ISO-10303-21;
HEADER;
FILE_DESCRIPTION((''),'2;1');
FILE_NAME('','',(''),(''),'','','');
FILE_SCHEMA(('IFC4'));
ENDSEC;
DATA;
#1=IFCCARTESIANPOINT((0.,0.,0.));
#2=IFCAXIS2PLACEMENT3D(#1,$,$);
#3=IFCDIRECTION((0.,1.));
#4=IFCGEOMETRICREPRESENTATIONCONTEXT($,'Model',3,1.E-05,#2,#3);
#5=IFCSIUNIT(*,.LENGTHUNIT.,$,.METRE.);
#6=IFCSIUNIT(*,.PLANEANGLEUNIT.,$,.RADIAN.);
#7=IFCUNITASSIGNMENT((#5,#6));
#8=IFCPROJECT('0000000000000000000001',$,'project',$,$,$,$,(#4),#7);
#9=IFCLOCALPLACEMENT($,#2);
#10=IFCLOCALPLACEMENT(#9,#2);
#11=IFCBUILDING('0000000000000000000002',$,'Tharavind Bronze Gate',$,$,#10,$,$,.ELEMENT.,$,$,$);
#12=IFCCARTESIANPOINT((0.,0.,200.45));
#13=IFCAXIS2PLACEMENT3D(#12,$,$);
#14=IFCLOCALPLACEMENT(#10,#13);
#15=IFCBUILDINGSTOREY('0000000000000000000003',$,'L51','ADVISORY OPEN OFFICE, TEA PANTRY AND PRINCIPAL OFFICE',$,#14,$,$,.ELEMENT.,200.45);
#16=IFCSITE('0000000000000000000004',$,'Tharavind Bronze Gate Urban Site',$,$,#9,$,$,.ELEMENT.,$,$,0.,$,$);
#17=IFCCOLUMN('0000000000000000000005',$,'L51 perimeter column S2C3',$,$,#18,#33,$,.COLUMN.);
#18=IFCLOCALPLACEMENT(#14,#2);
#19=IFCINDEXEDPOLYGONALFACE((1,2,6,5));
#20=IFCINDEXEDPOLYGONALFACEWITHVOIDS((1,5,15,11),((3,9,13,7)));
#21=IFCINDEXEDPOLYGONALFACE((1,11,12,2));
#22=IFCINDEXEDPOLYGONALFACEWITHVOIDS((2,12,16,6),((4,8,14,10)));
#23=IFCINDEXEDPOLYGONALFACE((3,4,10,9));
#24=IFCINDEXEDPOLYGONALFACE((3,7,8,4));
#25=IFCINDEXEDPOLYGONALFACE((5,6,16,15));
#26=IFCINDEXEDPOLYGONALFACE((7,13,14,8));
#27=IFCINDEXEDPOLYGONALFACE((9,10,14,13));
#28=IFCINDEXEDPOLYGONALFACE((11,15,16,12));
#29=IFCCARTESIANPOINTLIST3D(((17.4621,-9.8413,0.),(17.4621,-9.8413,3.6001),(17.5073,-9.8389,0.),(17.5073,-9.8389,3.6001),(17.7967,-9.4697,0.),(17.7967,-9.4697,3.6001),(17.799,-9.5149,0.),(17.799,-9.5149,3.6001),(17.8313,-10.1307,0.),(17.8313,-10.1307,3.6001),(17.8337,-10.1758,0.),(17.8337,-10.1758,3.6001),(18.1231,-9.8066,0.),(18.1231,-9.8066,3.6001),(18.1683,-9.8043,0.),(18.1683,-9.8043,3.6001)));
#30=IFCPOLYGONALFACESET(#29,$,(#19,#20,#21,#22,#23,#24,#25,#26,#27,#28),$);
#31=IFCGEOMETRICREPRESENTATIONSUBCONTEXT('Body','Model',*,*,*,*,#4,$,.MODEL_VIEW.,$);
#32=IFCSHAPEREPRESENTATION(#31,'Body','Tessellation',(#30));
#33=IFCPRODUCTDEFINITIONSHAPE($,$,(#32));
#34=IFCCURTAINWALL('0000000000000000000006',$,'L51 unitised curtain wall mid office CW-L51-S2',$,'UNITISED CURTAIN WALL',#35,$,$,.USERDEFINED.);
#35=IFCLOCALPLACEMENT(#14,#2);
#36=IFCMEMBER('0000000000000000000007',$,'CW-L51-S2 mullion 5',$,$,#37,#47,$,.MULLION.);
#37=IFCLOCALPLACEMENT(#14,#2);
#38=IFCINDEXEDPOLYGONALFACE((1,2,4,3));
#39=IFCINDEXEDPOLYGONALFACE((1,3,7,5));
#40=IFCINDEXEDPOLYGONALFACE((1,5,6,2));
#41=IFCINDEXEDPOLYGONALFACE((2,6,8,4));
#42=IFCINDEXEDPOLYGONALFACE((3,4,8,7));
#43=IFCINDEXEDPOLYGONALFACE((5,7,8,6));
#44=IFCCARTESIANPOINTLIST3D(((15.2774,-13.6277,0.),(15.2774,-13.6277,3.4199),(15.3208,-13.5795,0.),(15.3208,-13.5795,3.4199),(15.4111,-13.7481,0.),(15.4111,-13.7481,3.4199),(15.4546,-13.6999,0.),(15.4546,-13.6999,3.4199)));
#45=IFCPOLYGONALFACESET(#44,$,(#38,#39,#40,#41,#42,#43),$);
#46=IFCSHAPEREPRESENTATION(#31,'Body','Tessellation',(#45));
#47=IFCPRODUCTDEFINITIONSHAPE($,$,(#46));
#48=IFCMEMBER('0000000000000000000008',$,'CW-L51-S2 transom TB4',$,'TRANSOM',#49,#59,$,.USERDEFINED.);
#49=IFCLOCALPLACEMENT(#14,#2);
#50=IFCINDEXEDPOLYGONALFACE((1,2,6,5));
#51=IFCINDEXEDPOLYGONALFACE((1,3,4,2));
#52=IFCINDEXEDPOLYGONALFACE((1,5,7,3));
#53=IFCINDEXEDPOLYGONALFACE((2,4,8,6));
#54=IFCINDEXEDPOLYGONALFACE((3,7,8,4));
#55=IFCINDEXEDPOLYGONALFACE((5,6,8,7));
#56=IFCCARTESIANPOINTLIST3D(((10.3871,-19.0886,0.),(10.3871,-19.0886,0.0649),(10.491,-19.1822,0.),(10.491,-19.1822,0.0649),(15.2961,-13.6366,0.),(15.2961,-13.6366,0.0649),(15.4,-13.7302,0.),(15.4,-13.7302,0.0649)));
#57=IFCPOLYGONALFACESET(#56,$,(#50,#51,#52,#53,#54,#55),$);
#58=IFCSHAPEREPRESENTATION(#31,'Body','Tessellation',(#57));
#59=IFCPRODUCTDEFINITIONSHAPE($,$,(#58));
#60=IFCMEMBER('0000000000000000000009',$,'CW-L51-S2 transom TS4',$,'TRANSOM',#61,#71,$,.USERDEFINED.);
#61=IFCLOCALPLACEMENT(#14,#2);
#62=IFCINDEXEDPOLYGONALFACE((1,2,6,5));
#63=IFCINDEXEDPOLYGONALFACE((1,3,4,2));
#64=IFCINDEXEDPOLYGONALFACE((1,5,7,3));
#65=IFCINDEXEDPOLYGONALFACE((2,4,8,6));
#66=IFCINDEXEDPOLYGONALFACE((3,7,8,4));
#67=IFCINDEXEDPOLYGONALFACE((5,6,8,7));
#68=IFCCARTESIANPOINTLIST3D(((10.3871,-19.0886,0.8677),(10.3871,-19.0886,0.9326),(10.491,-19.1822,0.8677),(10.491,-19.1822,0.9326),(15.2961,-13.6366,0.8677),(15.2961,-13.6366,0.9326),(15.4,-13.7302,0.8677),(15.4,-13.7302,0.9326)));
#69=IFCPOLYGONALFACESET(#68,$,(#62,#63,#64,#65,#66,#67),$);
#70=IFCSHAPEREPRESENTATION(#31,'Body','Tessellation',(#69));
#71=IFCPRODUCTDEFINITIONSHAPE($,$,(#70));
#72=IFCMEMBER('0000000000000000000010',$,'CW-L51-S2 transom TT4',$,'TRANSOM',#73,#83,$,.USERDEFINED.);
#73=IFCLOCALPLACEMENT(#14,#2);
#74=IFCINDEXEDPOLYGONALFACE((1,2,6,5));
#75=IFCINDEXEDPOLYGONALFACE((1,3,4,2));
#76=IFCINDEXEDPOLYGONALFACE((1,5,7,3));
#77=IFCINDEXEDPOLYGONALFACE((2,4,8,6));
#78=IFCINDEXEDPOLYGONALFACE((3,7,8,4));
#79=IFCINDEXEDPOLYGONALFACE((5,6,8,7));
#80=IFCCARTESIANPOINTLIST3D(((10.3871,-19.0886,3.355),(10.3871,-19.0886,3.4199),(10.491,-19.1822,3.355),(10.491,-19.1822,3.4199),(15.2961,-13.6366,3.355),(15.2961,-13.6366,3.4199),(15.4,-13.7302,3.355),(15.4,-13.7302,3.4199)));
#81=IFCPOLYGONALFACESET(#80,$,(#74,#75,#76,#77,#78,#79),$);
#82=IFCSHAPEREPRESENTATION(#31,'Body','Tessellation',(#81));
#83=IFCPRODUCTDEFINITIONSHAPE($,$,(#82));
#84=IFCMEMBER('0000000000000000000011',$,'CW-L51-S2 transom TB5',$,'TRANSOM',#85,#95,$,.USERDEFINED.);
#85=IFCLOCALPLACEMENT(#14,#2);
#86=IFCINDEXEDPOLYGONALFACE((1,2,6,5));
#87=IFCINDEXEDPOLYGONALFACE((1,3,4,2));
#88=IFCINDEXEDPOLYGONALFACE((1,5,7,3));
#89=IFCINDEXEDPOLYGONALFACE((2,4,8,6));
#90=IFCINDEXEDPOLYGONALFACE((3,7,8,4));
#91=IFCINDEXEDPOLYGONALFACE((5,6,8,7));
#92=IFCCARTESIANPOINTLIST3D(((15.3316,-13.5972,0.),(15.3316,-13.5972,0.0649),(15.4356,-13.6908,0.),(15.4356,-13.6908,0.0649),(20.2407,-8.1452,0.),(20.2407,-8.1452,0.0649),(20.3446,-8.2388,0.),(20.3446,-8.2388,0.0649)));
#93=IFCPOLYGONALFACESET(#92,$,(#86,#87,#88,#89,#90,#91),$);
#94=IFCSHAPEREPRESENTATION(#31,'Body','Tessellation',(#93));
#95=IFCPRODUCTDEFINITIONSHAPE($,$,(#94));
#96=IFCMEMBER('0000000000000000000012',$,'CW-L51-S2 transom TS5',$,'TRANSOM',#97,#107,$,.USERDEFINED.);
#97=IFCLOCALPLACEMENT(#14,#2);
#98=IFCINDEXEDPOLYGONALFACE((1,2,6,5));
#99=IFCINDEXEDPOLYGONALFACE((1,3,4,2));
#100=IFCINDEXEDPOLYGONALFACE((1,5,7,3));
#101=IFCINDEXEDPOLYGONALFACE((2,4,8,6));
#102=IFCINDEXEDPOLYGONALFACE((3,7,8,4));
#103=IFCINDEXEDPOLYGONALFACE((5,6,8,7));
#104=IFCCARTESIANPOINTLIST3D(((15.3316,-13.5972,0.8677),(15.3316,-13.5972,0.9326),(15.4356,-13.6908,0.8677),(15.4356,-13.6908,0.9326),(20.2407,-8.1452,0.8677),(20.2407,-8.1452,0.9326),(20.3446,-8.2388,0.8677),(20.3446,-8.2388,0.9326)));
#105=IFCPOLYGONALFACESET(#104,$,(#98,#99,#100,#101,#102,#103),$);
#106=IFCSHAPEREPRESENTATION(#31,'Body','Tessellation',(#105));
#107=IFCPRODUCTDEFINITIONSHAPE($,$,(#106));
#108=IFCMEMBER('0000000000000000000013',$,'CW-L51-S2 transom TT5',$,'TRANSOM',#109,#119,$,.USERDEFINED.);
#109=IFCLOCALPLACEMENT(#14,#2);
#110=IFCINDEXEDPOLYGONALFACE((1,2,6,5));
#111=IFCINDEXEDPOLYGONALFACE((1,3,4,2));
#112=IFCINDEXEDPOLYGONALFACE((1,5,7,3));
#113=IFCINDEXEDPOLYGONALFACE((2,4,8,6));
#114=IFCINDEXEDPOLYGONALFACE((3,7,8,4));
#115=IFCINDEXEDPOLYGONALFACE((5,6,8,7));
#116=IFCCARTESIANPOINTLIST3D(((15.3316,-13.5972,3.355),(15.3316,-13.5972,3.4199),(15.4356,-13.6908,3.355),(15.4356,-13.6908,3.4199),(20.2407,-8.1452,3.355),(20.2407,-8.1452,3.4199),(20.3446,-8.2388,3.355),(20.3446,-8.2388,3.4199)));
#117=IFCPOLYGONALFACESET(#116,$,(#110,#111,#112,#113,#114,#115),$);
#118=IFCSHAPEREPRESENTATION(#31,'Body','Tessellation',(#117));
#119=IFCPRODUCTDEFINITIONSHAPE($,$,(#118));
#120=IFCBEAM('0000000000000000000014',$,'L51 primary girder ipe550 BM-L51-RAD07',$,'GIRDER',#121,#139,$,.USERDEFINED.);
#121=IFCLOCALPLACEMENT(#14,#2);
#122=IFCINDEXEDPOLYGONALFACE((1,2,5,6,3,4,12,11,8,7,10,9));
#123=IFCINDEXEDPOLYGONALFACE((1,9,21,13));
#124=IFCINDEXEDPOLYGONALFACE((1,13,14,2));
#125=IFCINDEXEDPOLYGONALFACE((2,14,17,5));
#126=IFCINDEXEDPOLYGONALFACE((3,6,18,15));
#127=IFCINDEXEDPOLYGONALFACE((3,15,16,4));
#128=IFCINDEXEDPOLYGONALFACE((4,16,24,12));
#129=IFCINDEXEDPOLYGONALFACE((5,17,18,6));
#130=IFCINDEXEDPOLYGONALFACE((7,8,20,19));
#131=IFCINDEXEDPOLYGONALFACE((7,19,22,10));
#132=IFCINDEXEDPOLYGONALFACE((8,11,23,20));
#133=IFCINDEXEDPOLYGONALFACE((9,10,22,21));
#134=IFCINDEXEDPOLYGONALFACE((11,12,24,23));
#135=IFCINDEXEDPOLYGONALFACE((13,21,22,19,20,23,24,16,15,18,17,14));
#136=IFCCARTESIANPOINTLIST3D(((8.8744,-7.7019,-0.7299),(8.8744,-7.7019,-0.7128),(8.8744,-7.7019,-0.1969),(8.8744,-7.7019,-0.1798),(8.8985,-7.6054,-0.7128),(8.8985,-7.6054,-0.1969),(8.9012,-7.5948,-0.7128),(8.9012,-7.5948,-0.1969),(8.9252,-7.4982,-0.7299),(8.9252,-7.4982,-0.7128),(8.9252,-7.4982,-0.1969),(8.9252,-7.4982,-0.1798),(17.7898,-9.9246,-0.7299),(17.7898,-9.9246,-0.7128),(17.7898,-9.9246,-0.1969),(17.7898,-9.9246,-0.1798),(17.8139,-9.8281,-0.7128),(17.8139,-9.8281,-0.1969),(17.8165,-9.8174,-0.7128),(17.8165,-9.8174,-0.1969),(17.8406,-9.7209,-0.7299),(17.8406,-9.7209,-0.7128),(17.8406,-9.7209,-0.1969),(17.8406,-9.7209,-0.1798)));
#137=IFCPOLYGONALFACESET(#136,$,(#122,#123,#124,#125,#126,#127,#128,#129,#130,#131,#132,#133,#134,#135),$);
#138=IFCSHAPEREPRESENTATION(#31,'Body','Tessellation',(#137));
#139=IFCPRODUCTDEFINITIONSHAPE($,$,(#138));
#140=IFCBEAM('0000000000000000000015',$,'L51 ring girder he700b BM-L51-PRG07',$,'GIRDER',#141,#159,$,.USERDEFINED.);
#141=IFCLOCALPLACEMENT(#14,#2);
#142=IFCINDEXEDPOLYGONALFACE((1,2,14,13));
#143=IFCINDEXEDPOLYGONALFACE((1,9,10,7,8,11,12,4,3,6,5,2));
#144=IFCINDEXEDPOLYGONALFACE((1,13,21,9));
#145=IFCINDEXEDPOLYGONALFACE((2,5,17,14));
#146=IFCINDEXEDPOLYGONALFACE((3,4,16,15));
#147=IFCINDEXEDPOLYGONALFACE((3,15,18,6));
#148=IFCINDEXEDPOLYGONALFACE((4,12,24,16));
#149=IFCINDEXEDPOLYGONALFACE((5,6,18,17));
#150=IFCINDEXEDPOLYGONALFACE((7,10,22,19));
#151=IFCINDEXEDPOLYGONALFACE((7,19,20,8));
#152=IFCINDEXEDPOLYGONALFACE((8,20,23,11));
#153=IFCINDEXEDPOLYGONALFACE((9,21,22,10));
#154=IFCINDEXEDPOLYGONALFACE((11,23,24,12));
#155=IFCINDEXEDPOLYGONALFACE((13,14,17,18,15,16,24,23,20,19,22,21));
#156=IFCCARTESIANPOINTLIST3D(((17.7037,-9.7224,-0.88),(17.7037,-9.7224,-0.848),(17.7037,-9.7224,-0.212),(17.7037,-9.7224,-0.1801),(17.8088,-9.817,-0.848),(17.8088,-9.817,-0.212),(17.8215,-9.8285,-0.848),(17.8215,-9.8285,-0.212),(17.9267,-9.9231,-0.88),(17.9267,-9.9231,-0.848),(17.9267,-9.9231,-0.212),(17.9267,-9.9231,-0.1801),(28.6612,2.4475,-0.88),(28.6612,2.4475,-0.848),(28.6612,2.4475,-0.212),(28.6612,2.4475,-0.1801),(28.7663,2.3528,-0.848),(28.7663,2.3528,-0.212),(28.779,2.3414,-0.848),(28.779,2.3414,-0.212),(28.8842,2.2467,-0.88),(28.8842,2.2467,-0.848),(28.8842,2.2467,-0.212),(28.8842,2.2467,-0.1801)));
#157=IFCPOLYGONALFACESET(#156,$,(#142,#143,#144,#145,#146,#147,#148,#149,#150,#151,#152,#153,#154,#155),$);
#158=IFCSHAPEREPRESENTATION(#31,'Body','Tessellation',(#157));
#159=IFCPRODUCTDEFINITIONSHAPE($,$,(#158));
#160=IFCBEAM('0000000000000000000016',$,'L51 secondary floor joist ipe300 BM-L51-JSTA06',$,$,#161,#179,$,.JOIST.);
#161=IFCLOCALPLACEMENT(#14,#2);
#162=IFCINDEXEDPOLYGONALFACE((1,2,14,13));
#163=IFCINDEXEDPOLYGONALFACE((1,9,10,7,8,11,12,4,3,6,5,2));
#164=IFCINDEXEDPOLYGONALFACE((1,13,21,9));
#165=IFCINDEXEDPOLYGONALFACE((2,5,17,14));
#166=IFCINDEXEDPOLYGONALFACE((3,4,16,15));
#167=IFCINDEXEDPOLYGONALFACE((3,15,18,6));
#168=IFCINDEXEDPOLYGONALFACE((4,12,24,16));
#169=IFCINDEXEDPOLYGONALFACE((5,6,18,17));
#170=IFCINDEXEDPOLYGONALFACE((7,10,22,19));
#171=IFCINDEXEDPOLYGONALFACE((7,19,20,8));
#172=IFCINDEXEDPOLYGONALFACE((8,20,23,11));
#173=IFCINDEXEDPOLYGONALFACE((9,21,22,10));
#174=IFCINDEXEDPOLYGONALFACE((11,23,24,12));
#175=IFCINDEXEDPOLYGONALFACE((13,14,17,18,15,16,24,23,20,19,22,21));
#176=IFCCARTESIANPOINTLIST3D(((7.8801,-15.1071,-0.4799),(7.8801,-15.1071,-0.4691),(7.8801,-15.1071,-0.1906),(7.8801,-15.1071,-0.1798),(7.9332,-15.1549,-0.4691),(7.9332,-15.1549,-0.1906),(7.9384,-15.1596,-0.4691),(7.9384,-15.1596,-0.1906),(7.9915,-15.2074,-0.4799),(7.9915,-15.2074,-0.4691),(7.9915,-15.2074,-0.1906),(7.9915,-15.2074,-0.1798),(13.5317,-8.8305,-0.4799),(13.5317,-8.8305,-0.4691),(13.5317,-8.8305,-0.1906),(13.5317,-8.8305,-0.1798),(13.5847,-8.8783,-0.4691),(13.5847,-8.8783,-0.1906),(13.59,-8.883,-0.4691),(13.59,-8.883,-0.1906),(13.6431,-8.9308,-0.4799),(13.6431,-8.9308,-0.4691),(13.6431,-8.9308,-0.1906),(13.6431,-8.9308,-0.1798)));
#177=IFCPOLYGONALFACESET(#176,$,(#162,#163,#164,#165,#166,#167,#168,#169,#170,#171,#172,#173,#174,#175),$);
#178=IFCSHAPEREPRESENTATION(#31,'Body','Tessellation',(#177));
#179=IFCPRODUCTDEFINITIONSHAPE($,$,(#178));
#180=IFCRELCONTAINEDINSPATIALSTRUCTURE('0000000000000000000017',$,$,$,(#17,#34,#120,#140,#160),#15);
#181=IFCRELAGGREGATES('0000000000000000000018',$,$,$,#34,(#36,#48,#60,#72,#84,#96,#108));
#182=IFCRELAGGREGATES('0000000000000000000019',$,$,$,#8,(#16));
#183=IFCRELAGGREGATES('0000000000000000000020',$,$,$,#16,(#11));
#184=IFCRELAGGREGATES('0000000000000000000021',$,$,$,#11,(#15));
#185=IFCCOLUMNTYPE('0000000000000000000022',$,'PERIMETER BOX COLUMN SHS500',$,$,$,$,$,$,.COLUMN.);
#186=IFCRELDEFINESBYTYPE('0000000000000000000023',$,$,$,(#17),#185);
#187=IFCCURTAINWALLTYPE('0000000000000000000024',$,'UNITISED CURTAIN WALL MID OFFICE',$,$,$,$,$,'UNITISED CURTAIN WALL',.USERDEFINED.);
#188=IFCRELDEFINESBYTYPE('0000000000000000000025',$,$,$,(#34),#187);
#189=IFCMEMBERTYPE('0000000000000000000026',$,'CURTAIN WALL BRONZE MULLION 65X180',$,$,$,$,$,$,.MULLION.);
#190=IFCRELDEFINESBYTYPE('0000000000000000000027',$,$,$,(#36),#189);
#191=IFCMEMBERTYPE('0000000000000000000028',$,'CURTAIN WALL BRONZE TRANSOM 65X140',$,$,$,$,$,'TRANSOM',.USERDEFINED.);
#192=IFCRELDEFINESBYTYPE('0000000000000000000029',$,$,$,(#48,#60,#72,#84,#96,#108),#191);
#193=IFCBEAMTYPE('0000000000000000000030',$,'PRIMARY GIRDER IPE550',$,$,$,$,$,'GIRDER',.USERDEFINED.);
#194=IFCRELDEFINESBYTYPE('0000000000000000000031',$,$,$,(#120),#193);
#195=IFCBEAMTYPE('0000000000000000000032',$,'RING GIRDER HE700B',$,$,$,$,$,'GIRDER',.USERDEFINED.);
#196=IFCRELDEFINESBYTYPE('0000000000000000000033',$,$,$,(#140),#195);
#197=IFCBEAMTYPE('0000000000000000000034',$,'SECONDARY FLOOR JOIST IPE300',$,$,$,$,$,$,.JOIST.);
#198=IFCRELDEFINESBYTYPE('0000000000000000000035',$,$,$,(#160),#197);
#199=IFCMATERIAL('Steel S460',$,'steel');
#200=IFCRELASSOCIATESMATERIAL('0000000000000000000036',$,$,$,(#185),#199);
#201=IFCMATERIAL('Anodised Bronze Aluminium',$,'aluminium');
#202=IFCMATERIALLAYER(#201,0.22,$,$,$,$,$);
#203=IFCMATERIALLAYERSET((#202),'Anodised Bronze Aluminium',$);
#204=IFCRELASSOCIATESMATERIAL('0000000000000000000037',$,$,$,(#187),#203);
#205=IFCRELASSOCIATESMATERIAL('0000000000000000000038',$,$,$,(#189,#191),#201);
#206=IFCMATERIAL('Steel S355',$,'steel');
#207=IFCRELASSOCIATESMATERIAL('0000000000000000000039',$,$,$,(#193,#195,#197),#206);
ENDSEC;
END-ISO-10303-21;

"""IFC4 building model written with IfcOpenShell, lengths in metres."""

from ifc_helpers import new_model, si_unit, direction, frame, origin, origin_2d, place, context, subcontext, project, spatial, rectangle, hollow_rectangle, i_section, extrude, material, layer, layer_set, material_profile, profile_set, type_object, element, aggregate, save


model = new_model("IFC4")

# Units and contexts
model_context = context("Model", 3, precision=1e-05, world=origin(), true_north=direction((0.0, 1.0)))
body_context = subcontext(model_context, "Body", "Model", "MODEL_VIEW")
ifc_project = project(units=[si_unit("LENGTHUNIT", "METRE"), si_unit("PLANEANGLEUNIT", "RADIAN")], contexts=[model_context])

# Site, building, storey
site_placement = place(None, origin())
site = spatial("IfcSite", under=ifc_project, at=site_placement, Name="Tharavind Bronze Gate Urban Site", CompositionType="ELEMENT", RefElevation=0.0)
building_placement = place(site_placement, origin())
building = spatial("IfcBuilding", under=site, at=building_placement, Name="Tharavind Bronze Gate", CompositionType="ELEMENT")
storey_placement = place(building_placement, frame((0.0, 0.0, 200.45)))
storey = spatial("IfcBuildingStorey", under=building, at=storey_placement, Name="L51", Description="ADVISORY OPEN OFFICE, TEA PANTRY AND PRINCIPAL OFFICE", CompositionType="ELEMENT", Elevation=200.45)

# Column
ifc_material_1 = material(Name="Steel S460", Category="steel")
ifc_material_profile_1 = material_profile(ifc_material_1, hollow_rectangle(XDim=0.5, YDim=0.5, WallThickness=0.032, at=origin_2d()), Name="SHS500X32")
ifc_profile_set_1 = profile_set([ifc_material_profile_1], Name="Steel S460")
column_type = type_object("IfcColumnType", Name="PERIMETER BOX COLUMN SHS500", PredefinedType="COLUMN", material=ifc_profile_set_1)
column_placement = place(storey_placement, frame((17.8152, -9.8228, 0.0), z_axis=(0.0, 0.0, 1.0), x_axis=(0.669131, 0.743145, 0.0)))
element("IfcColumn", 1, at=column_placement, inside=storey, type_object=column_type, Name="L51 perimeter column S2C3", PredefinedType="COLUMN", context=body_context, shape_type="SweptSolid", body=[
    extrude(hollow_rectangle(XDim=0.5, YDim=0.5, WallThickness=0.032, at=origin_2d()), origin(), (0.0, 0.0, 1.0), 3.6001),
])

# Curtain wall, members
ifc_material_2 = material(Name="Anodised Bronze Aluminium", Category="aluminium")
ifc_layer_1 = layer(ifc_material_2, 0.22)
ifc_layer_set_1 = layer_set([ifc_layer_1], Name="Anodised Bronze Aluminium")
curtain_wall_type = type_object("IfcCurtainWallType", Name="UNITISED CURTAIN WALL MID OFFICE", ElementType="UNITISED CURTAIN WALL", PredefinedType="USERDEFINED", material=ifc_layer_set_1)
curtain_wall_placement = place(storey_placement, origin())
curtain_wall = element("IfcCurtainWall", 2, at=curtain_wall_placement, inside=storey, type_object=curtain_wall_type, Name="L51 unitised curtain wall mid office CW-L51-S2", ObjectType="UNITISED CURTAIN WALL", PredefinedType="USERDEFINED")
member_type_1 = type_object("IfcMemberType", Name="CURTAIN WALL BRONZE MULLION 65X180", PredefinedType="MULLION", material=ifc_material_2)
member_1_placement = place(storey_placement, frame((15.366, -13.6638, 0.0), z_axis=(0.0, 0.0, 1.0), x_axis=(0.669131, 0.743145, 0.0)))
member_1 = element("IfcMember", 3, at=member_1_placement, type_object=member_type_1, Name="CW-L51-S2 mullion 5", PredefinedType="MULLION", context=body_context, shape_type="SweptSolid", body=[
    extrude(rectangle(XDim=0.0649, YDim=0.1799, at=origin_2d()), origin(), (0.0, 0.0, 1.0), 3.4199),
])
member_type_2 = type_object("IfcMemberType", Name="CURTAIN WALL BRONZE TRANSOM 65X140", ElementType="TRANSOM", PredefinedType="USERDEFINED", material=ifc_material_2)
member_2_placement = place(storey_placement, frame((12.8936, -16.4094, 0.0), z_axis=(0.0, 0.0, 1.0), x_axis=(0.669131, 0.743145, 0.0)))
member_2 = element("IfcMember", 4, at=member_2_placement, type_object=member_type_2, Name="CW-L51-S2 transom TB4", ObjectType="TRANSOM", PredefinedType="USERDEFINED", context=body_context, shape_type="SweptSolid", body=[
    extrude(rectangle(XDim=7.3364, YDim=0.1399, at=origin_2d()), origin(), (0.0, 0.0, 1.0), 0.0649),
])
member_3_placement = place(storey_placement, frame((12.8936, -16.4094, 0.8677), z_axis=(0.0, 0.0, 1.0), x_axis=(0.669131, 0.743145, 0.0)))
member_3 = element("IfcMember", 5, at=member_3_placement, type_object=member_type_2, Name="CW-L51-S2 transom TS4", ObjectType="TRANSOM", PredefinedType="USERDEFINED", context=body_context, shape_type="SweptSolid", body=[
    extrude(rectangle(XDim=7.3364, YDim=0.1399, at=origin_2d()), origin(), (0.0, 0.0, 1.0), 0.0649),
])
member_4_placement = place(storey_placement, frame((12.8936, -16.4094, 3.355), z_axis=(0.0, 0.0, 1.0), x_axis=(0.669131, 0.743145, 0.0)))
member_4 = element("IfcMember", 6, at=member_4_placement, type_object=member_type_2, Name="CW-L51-S2 transom TT4", ObjectType="TRANSOM", PredefinedType="USERDEFINED", context=body_context, shape_type="SweptSolid", body=[
    extrude(rectangle(XDim=7.3364, YDim=0.1399, at=origin_2d()), origin(), (0.0, 0.0, 1.0), 0.0649),
])
member_5_placement = place(storey_placement, frame((17.8381, -10.918, 0.0), z_axis=(0.0, 0.0, 1.0), x_axis=(0.669131, 0.743145, 0.0)))
member_5 = element("IfcMember", 7, at=member_5_placement, type_object=member_type_2, Name="CW-L51-S2 transom TB5", ObjectType="TRANSOM", PredefinedType="USERDEFINED", context=body_context, shape_type="SweptSolid", body=[
    extrude(rectangle(XDim=7.3364, YDim=0.1399, at=origin_2d()), origin(), (0.0, 0.0, 1.0), 0.0649),
])
member_6_placement = place(storey_placement, frame((17.8381, -10.918, 0.8677), z_axis=(0.0, 0.0, 1.0), x_axis=(0.669131, 0.743145, 0.0)))
member_6 = element("IfcMember", 8, at=member_6_placement, type_object=member_type_2, Name="CW-L51-S2 transom TS5", ObjectType="TRANSOM", PredefinedType="USERDEFINED", context=body_context, shape_type="SweptSolid", body=[
    extrude(rectangle(XDim=7.3364, YDim=0.1399, at=origin_2d()), origin(), (0.0, 0.0, 1.0), 0.0649),
])
member_7_placement = place(storey_placement, frame((17.8381, -10.918, 3.355), z_axis=(0.0, 0.0, 1.0), x_axis=(0.669131, 0.743145, 0.0)))
member_7 = element("IfcMember", 9, at=member_7_placement, type_object=member_type_2, Name="CW-L51-S2 transom TT5", ObjectType="TRANSOM", PredefinedType="USERDEFINED", context=body_context, shape_type="SweptSolid", body=[
    extrude(rectangle(XDim=7.3364, YDim=0.1399, at=origin_2d()), origin(), (0.0, 0.0, 1.0), 0.0649),
])

# Beams
ifc_material_3 = material(Name="Steel S355", Category="steel")
ifc_material_profile_2 = material_profile(ifc_material_3, i_section(OverallWidth=0.21, OverallDepth=0.55, WebThickness=0.011, FlangeThickness=0.0171, at=origin_2d()), Name="IPE550")
ifc_profile_set_2 = profile_set([ifc_material_profile_2], Name="Steel S355")
beam_type_1 = type_object("IfcBeamType", Name="PRIMARY GIRDER IPE550", ElementType="GIRDER", PredefinedType="USERDEFINED", material=ifc_profile_set_2)
beam_1_placement = place(storey_placement, frame((17.8152, -9.8228, -0.4548), z_axis=(-0.9703, 0.241904, 0.0), x_axis=(-0.241904, -0.9703, 0.0)))
element("IfcBeam", 10, at=beam_1_placement, inside=storey, type_object=beam_type_1, Name="L51 primary girder ipe550 BM-L51-RAD07", ObjectType="GIRDER", PredefinedType="USERDEFINED", context=body_context, shape_type="SweptSolid", body=[
    extrude(i_section(OverallWidth=0.21, OverallDepth=0.55, WebThickness=0.011, FlangeThickness=0.0171, at=origin_2d()), origin(), (0.0, 0.0, 1.0), 9.1882),
])
ifc_material_profile_3 = material_profile(ifc_material_3, i_section(OverallWidth=0.3, OverallDepth=0.7, WebThickness=0.0171, FlangeThickness=0.032, at=origin_2d()), Name="HE700B")
ifc_profile_set_3 = profile_set([ifc_material_profile_3], Name="Steel S355")
beam_type_2 = type_object("IfcBeamType", Name="RING GIRDER HE700B", ElementType="GIRDER", PredefinedType="USERDEFINED", material=ifc_profile_set_3)
beam_2_placement = place(storey_placement, frame((17.8152, -9.8228, -0.53), z_axis=(0.66912, 0.743155, 0.0), x_axis=(-0.743155, 0.66912, 0.0)))
element("IfcBeam", 11, at=beam_2_placement, inside=storey, type_object=beam_type_2, Name="L51 ring girder he700b BM-L51-PRG07", ObjectType="GIRDER", PredefinedType="USERDEFINED", context=body_context, shape_type="SweptSolid", body=[
    extrude(i_section(OverallWidth=0.3, OverallDepth=0.7, WebThickness=0.0171, FlangeThickness=0.032, at=origin_2d()), origin(), (0.0, 0.0, 1.0), 16.376),
])
ifc_material_profile_4 = material_profile(ifc_material_3, i_section(OverallWidth=0.1499, OverallDepth=0.3, WebThickness=0.0071, FlangeThickness=0.0107, at=origin_2d()), Name="IPE300")
ifc_profile_set_4 = profile_set([ifc_material_profile_4], Name="Steel S355")
beam_type_3 = type_object("IfcBeamType", Name="SECONDARY FLOOR JOIST IPE300", PredefinedType="JOIST", material=ifc_profile_set_4)
beam_3_placement = place(storey_placement, frame((7.9358, -15.1572, -0.3298), z_axis=(0.669139, 0.743137, 0.0), x_axis=(-0.743137, 0.669139, 0.0)))
element("IfcBeam", 12, at=beam_3_placement, inside=storey, type_object=beam_type_3, Name="L51 secondary floor joist ipe300 BM-L51-JSTA06", PredefinedType="JOIST", context=body_context, shape_type="SweptSolid", body=[
    extrude(i_section(OverallWidth=0.1499, OverallDepth=0.3, WebThickness=0.0071, FlangeThickness=0.0107, at=origin_2d()), origin(), (0.0, 0.0, 1.0), 8.446),
])

aggregate(curtain_wall, [member_1, member_2, member_3, member_4, member_5, member_6, member_7])

save(model, "model.ifc")
